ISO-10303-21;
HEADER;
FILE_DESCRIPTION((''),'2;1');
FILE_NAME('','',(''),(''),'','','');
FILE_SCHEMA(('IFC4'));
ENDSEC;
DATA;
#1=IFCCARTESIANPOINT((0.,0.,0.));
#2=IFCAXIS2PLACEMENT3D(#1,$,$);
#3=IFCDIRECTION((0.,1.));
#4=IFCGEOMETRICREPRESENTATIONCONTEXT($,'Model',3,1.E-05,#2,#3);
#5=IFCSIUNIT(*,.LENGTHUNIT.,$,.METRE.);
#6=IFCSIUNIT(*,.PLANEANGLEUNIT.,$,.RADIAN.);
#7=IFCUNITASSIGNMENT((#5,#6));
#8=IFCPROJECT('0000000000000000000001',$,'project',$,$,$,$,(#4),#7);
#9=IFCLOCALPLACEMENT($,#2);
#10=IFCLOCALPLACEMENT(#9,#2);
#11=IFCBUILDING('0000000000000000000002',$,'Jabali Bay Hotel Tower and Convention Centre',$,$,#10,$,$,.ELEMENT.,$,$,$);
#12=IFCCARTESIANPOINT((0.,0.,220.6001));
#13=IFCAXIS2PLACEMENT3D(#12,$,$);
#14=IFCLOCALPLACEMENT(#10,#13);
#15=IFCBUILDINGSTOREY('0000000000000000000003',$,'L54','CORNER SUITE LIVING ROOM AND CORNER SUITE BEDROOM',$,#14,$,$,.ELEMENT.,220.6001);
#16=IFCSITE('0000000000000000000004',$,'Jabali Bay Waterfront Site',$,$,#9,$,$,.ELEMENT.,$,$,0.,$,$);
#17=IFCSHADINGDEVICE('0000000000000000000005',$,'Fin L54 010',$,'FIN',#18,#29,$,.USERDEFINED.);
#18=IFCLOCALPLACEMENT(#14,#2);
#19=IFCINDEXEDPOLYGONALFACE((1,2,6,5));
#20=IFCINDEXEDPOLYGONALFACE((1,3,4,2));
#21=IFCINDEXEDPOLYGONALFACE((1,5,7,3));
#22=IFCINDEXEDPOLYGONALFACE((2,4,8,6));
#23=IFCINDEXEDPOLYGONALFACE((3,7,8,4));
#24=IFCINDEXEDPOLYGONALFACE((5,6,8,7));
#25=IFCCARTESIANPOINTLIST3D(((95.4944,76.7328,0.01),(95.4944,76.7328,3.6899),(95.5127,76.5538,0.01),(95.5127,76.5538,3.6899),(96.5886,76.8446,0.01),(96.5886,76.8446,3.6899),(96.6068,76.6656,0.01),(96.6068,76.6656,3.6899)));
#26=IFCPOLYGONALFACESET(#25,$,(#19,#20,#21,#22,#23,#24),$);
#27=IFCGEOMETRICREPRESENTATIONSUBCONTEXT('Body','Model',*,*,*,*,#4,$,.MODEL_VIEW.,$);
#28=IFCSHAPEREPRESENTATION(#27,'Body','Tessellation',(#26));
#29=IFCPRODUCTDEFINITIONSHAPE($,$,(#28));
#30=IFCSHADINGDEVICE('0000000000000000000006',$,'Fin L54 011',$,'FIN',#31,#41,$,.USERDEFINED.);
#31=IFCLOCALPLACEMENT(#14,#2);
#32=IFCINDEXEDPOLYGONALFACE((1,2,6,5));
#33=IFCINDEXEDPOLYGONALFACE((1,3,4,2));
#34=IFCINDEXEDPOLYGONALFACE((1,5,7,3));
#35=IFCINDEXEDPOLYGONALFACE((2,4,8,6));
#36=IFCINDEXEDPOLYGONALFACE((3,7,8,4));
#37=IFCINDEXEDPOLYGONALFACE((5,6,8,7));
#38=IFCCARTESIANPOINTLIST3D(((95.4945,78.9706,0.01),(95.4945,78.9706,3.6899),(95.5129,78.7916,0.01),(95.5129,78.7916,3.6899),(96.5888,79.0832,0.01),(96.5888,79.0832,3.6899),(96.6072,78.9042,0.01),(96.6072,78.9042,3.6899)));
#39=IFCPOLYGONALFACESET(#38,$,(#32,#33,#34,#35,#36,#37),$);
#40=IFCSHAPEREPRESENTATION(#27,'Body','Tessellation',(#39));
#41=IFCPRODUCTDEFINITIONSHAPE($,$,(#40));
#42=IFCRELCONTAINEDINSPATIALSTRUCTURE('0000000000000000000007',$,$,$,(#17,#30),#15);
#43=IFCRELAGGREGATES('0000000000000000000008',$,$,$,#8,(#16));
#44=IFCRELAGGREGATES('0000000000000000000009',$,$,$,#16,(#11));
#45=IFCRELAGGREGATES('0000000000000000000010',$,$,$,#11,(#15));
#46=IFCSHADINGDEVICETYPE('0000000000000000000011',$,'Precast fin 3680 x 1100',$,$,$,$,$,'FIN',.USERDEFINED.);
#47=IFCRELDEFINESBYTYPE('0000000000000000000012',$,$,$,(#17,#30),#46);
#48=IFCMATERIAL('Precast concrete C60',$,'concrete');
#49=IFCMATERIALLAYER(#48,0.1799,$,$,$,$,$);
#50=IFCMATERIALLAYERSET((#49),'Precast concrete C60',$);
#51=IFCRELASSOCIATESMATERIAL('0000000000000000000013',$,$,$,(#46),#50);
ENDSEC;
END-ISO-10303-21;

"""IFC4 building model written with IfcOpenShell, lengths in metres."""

from ifc_helpers import new_model, si_unit, direction, frame, frame_2d, origin, place, context, subcontext, project, spatial, rectangle, extrude, material, layer, layer_set, type_object, element, save


model = new_model("IFC4")

# Units and contexts
model_context = context("Model", 3, precision=1e-05, world=origin(), true_north=direction((0.0, 1.0)))
body_context = subcontext(model_context, "Body", "Model", "MODEL_VIEW")
ifc_project = project(units=[si_unit("LENGTHUNIT", "METRE"), si_unit("PLANEANGLEUNIT", "RADIAN")], contexts=[model_context])

# Site, building, storey
site_placement = place(None, origin())
site = spatial("IfcSite", under=ifc_project, at=site_placement, Name="Jabali Bay Waterfront Site", CompositionType="ELEMENT", RefElevation=0.0)
building_placement = place(site_placement, origin())
building = spatial("IfcBuilding", under=site, at=building_placement, Name="Jabali Bay Hotel Tower and Convention Centre", CompositionType="ELEMENT")
storey_placement = place(building_placement, frame((0.0, 0.0, 220.6001)))
storey = spatial("IfcBuildingStorey", under=building, at=storey_placement, Name="L54", Description="CORNER SUITE LIVING ROOM AND CORNER SUITE BEDROOM", CompositionType="ELEMENT", Elevation=220.6001)

# Shading devices
ifc_material_1 = material(Name="Precast concrete C60", Category="concrete")
ifc_layer_1 = layer(ifc_material_1, 0.1799)
ifc_layer_set_1 = layer_set([ifc_layer_1], Name="Precast concrete C60")
shading_device_type = type_object("IfcShadingDeviceType", Name="Precast fin 3680 x 1100", ElementType="FIN", PredefinedType="USERDEFINED", material=ifc_layer_set_1)
shading_device_1_placement = place(storey_placement, frame((95.5037, 76.6433, 0.01), z_axis=(0.0, 0.0, 1.0), x_axis=(0.994819, 0.101657, 0.0)))
element("IfcShadingDevice", 1, at=shading_device_1_placement, inside=storey, type_object=shading_device_type, Name="Fin L54 010", ObjectType="FIN", PredefinedType="USERDEFINED", context=body_context, shape_type="SweptSolid", body=[
    extrude(rectangle(XDim=1.0999, YDim=0.1799, at=frame_2d((0.5498, 0.0))), origin(), (0.0, 0.0, 1.0), 3.6799),
])
shading_device_2_placement = place(storey_placement, frame((95.5037, 78.8811, 0.01), z_axis=(0.0, 0.0, 1.0), x_axis=(0.994752, 0.102316, 0.0)))
element("IfcShadingDevice", 2, at=shading_device_2_placement, inside=storey, type_object=shading_device_type, Name="Fin L54 011", ObjectType="FIN", PredefinedType="USERDEFINED", context=body_context, shape_type="SweptSolid", body=[
    extrude(rectangle(XDim=1.1001, YDim=0.1799, at=frame_2d((0.55, 0.0))), origin(), (0.0, 0.0, 1.0), 3.6799),
])

save(model, "model.ifc")
